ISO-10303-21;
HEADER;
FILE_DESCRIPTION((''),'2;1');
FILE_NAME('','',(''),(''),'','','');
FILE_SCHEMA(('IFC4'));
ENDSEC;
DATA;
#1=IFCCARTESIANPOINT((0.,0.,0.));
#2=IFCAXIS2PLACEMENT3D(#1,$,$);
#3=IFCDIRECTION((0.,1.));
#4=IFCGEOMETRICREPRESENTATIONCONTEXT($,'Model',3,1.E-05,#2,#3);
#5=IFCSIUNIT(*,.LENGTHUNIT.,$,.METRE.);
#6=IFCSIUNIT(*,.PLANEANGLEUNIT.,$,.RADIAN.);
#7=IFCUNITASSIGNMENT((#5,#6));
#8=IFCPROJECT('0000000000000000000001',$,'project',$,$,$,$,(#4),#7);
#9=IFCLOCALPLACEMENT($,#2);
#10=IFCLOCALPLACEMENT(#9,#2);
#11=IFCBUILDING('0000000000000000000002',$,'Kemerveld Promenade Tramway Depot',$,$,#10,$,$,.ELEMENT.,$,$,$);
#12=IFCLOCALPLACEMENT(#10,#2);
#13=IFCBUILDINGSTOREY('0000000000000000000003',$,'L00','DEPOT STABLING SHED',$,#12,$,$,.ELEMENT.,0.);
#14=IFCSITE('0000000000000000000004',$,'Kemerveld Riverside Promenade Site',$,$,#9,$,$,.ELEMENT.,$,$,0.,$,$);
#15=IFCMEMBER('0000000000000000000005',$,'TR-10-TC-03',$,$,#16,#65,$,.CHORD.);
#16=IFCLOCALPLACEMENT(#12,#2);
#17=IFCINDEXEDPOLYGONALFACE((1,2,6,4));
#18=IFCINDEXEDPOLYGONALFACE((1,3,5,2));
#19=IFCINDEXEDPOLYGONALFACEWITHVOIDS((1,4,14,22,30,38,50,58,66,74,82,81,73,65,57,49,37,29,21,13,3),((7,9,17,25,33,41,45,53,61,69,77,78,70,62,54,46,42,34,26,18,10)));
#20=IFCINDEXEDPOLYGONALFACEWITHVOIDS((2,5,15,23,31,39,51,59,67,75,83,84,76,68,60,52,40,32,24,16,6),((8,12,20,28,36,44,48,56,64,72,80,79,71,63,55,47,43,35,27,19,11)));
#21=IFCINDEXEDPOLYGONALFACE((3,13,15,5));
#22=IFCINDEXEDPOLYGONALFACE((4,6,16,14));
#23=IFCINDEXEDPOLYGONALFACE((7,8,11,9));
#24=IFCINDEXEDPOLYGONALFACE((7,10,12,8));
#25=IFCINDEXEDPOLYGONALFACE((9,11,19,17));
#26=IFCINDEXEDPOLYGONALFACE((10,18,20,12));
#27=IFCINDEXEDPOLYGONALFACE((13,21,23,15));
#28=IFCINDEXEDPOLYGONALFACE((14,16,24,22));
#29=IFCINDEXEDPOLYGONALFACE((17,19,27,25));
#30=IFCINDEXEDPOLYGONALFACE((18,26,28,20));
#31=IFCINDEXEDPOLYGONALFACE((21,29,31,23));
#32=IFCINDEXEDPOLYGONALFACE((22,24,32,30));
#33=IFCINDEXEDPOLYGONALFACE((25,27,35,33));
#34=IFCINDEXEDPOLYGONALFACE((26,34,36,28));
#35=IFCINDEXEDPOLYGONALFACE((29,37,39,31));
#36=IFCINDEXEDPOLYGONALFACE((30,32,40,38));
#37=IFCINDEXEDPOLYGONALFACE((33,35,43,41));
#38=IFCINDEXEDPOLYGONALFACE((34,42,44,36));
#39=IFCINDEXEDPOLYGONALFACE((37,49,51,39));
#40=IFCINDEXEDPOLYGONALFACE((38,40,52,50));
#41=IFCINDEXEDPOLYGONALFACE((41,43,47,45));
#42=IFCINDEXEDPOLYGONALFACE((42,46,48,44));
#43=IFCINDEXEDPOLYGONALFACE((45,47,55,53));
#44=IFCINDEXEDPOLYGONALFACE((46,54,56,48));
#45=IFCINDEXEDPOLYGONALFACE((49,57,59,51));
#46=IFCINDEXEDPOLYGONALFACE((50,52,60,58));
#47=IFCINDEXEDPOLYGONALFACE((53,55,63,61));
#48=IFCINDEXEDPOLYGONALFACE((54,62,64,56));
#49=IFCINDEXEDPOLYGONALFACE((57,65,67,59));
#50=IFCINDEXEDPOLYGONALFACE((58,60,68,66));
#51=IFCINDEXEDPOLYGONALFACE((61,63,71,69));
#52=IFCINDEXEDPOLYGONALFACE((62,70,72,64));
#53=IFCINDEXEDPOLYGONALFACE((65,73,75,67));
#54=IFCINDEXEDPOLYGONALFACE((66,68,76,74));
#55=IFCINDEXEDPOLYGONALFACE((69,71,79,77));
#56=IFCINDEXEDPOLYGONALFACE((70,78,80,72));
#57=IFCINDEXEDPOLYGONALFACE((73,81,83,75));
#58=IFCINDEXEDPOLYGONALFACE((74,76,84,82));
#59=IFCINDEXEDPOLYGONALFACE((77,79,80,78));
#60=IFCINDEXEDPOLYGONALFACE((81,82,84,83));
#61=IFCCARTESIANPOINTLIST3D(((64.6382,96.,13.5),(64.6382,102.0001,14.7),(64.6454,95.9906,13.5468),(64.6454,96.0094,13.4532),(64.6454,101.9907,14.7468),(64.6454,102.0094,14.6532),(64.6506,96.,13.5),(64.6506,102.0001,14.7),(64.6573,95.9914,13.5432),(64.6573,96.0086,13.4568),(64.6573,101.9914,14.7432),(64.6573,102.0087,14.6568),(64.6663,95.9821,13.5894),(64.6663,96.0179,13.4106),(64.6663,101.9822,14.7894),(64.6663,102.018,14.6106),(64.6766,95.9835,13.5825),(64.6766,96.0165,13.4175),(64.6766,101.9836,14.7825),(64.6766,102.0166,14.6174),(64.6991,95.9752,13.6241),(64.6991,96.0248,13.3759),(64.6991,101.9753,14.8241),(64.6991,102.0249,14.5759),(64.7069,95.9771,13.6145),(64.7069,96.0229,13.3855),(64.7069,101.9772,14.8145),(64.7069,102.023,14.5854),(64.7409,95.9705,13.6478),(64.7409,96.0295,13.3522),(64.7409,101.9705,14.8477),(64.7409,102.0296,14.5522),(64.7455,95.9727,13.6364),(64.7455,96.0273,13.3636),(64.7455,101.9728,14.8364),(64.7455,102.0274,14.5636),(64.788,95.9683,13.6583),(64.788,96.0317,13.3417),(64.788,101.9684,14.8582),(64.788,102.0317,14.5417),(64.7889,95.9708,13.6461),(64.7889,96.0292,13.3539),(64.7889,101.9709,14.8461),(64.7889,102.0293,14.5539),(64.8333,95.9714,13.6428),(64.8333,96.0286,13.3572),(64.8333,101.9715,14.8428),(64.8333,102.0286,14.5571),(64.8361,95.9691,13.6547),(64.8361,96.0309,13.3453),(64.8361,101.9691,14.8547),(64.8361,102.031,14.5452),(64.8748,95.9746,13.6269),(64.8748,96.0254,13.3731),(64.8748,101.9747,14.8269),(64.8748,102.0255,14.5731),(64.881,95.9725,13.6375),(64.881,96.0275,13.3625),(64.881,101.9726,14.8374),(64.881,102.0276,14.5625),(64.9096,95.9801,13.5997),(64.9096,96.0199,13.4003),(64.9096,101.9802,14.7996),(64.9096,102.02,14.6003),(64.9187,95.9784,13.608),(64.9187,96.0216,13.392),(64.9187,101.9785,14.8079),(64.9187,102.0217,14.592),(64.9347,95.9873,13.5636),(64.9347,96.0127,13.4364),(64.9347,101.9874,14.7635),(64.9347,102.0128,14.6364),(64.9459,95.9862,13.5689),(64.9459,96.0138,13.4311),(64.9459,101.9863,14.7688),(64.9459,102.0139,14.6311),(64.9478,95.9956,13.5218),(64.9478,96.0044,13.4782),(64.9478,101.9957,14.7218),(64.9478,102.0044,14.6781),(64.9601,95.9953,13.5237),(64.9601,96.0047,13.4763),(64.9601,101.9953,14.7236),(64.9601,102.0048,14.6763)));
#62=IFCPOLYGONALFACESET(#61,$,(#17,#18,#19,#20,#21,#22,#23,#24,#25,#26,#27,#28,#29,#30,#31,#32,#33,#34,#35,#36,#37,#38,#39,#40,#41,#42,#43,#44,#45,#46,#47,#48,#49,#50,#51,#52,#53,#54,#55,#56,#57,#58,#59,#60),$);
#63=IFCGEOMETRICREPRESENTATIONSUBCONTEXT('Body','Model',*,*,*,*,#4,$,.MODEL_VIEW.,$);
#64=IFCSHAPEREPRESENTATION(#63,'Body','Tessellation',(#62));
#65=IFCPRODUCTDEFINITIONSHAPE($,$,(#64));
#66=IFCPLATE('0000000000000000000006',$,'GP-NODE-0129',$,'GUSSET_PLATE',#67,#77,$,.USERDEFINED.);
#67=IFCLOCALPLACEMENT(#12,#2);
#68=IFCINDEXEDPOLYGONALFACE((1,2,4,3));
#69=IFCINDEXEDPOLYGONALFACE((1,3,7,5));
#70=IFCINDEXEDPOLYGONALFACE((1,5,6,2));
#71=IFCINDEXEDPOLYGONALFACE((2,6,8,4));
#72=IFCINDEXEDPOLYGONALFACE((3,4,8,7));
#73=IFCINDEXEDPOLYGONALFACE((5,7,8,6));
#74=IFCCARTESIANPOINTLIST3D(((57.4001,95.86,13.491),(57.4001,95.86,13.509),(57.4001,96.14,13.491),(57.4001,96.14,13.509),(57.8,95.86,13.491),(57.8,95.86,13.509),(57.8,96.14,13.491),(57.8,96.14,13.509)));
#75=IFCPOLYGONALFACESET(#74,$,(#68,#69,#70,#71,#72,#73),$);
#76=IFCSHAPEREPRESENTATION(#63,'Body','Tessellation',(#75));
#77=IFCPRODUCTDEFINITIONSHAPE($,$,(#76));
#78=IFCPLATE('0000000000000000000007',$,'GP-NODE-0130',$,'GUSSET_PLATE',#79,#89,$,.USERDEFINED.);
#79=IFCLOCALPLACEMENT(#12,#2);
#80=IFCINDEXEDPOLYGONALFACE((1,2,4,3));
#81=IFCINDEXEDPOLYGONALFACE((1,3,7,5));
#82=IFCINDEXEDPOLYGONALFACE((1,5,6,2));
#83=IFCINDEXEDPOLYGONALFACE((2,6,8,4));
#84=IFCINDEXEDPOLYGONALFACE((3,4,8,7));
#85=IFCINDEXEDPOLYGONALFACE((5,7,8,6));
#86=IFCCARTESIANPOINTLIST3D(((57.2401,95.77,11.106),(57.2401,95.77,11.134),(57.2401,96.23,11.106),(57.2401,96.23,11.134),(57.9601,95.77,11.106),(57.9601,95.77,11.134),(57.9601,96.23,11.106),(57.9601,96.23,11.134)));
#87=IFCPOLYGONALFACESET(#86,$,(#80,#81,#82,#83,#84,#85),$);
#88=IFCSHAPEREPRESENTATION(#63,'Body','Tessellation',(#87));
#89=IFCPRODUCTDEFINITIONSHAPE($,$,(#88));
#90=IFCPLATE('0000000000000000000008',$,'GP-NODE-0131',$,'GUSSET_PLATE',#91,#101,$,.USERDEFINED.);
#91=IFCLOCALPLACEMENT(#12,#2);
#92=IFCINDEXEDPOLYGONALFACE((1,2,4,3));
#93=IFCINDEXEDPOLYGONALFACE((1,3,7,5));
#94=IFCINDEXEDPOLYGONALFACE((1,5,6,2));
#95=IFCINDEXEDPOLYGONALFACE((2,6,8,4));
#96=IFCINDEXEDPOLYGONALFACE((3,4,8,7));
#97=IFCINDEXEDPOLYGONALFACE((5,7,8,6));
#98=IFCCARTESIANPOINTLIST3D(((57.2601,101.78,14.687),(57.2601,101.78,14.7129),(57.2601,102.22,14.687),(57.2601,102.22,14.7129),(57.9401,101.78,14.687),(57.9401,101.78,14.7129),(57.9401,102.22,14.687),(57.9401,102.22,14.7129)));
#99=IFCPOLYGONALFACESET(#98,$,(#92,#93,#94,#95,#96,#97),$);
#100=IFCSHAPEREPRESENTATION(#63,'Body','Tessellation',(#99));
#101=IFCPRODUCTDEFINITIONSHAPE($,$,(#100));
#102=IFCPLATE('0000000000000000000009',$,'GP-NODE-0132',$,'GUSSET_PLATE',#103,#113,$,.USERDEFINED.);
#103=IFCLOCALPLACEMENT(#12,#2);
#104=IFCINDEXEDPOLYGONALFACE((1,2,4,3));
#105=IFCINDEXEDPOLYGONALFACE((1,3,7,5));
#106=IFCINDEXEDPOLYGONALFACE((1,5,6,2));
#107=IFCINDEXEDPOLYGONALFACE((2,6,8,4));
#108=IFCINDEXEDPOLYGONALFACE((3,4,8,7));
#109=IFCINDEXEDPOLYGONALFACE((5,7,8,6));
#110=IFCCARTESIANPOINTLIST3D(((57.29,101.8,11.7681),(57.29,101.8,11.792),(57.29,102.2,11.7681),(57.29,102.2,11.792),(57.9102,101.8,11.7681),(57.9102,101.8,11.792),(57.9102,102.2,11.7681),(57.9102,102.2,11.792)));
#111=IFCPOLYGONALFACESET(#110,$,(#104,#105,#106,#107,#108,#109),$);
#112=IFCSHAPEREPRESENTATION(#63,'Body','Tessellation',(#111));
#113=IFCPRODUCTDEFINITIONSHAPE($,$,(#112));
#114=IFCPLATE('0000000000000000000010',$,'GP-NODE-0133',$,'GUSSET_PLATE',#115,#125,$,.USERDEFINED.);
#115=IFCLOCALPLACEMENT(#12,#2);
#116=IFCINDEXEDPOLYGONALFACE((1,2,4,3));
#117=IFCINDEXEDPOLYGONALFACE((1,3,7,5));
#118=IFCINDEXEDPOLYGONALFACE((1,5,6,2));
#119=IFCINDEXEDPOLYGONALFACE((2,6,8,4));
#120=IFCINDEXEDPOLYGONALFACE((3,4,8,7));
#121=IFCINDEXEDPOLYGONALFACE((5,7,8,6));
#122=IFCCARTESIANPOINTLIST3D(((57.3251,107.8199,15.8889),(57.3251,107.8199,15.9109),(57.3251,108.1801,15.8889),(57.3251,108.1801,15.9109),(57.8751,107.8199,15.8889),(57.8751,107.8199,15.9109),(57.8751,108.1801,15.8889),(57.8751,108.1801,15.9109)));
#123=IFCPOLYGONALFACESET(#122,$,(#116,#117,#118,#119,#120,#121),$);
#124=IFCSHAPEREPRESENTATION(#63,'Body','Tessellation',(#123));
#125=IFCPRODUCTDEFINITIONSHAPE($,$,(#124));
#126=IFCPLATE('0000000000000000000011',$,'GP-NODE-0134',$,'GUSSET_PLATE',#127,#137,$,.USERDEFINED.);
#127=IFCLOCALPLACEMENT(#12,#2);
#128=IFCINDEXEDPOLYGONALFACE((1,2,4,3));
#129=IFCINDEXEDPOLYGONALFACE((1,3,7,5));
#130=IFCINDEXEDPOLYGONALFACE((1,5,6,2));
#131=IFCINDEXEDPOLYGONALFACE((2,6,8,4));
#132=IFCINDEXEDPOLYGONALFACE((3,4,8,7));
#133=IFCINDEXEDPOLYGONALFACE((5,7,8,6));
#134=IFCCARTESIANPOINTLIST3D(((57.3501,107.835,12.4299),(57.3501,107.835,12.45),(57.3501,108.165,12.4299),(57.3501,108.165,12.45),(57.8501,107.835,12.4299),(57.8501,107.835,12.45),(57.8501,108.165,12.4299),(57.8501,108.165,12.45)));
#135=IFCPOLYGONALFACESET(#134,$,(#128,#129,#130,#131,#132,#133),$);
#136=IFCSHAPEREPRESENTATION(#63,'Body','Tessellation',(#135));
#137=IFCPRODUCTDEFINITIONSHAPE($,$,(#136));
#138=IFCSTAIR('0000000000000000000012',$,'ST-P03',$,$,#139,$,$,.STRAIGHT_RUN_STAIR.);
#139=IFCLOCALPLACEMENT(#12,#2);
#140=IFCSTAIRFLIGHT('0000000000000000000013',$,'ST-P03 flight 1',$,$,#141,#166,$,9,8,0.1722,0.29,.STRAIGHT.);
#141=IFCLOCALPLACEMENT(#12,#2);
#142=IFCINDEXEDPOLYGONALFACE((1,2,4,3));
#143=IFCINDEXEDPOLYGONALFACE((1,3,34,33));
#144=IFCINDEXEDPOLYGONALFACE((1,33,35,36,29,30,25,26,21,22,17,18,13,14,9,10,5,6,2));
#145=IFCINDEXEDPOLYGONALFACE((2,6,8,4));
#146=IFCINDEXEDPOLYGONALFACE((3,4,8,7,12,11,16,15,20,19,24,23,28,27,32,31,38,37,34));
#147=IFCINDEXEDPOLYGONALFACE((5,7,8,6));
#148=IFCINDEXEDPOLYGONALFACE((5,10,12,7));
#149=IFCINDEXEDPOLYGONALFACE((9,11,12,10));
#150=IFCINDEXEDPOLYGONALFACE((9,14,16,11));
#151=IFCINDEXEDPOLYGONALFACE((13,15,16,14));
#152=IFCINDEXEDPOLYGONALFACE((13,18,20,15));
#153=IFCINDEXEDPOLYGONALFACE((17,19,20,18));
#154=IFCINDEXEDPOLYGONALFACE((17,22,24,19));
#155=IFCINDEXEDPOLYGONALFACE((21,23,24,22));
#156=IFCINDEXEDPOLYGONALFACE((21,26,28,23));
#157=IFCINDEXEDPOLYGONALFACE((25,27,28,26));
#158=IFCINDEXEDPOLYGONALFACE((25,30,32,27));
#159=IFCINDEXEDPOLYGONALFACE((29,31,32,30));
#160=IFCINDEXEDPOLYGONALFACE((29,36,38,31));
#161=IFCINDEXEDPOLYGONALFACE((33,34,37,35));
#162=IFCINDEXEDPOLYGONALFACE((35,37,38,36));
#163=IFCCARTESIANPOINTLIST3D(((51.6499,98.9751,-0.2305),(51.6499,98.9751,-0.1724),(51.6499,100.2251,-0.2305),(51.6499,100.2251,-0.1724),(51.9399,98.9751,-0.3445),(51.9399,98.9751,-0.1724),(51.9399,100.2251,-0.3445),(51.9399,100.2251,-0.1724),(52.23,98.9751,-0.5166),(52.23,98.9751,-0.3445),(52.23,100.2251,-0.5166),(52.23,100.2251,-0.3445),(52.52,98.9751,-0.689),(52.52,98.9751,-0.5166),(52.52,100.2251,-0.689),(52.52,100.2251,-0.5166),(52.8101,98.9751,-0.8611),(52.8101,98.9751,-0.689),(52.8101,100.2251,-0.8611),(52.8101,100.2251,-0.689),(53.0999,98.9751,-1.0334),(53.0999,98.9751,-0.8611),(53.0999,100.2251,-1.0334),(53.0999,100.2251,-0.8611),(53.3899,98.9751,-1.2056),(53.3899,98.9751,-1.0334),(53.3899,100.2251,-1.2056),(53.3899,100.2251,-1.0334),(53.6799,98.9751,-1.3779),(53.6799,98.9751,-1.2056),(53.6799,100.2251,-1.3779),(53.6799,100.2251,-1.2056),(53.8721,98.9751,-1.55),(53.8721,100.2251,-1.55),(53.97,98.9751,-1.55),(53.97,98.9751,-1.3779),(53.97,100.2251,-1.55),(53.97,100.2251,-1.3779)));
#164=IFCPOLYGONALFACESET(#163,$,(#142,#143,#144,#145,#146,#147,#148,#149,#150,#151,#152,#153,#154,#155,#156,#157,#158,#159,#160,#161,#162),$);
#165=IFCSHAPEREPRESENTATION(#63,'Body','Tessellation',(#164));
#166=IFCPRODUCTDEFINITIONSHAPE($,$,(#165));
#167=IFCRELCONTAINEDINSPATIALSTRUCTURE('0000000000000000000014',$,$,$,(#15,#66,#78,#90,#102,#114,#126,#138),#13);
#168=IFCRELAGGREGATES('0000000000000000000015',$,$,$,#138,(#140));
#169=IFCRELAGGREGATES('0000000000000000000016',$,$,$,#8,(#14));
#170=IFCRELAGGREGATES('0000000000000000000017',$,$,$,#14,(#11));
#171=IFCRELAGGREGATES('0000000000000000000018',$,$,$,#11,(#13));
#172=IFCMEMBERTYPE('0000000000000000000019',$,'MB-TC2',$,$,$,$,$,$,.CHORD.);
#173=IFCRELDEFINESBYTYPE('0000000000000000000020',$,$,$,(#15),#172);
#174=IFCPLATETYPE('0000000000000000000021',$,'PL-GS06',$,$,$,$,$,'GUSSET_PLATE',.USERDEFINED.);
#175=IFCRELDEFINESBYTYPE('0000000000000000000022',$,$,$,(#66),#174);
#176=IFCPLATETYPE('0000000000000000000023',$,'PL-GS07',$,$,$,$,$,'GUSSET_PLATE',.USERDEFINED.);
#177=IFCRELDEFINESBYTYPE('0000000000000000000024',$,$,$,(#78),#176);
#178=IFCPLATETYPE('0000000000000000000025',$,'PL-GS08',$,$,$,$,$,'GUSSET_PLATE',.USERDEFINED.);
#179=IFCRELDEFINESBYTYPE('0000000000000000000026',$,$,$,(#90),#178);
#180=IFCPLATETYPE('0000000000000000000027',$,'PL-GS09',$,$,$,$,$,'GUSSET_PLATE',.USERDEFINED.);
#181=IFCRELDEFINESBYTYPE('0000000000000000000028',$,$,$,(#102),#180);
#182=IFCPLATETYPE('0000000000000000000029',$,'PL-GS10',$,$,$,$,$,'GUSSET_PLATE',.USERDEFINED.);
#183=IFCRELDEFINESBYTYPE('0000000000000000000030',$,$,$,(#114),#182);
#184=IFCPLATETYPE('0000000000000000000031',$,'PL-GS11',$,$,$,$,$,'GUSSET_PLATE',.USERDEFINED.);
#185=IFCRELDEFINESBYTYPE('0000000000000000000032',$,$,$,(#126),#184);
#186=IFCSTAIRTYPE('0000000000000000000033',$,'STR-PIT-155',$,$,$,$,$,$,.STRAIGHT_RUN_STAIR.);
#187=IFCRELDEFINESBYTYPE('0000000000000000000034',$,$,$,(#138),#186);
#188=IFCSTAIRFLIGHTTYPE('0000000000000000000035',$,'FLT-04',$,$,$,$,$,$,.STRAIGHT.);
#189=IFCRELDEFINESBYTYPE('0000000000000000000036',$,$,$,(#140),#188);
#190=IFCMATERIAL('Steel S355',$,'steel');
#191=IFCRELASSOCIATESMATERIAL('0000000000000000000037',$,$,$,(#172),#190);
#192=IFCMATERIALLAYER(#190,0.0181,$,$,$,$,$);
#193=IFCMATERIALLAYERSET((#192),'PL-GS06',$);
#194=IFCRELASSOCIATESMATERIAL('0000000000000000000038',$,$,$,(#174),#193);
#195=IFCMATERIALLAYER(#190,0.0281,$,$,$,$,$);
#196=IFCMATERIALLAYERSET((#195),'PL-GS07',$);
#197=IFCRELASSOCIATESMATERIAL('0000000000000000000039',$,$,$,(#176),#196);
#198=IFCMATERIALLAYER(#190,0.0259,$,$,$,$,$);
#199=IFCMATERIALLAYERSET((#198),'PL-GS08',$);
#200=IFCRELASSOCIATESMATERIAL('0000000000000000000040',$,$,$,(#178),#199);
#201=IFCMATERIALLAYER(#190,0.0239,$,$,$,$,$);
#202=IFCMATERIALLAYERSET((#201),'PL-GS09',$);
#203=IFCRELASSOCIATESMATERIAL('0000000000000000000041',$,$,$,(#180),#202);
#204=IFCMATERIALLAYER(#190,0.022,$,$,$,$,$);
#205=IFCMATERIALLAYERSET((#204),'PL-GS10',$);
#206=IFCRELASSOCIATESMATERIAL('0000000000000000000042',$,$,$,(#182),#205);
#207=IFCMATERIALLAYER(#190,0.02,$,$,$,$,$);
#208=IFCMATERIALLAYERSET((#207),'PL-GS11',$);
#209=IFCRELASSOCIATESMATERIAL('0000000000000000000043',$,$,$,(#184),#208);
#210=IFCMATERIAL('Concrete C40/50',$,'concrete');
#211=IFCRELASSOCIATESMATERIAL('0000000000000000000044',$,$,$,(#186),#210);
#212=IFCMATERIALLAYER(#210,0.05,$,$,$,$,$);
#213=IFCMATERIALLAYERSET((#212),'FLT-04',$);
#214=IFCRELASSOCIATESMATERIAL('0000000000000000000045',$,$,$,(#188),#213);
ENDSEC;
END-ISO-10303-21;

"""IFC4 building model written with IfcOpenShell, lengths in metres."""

from ifc_helpers import new_model, si_unit, direction, frame, origin, origin_2d, place, context, subcontext, project, spatial, polyline, rectangle, hollow_circle, outline, extrude, material, layer, layer_set, material_profile, profile_set, type_object, element, aggregate, save


model = new_model("IFC4")

# Units and contexts
model_context = context("Model", 3, precision=1e-05, world=origin(), true_north=direction((0.0, 1.0)))
body_context = subcontext(model_context, "Body", "Model", "MODEL_VIEW")
ifc_project = project(units=[si_unit("LENGTHUNIT", "METRE"), si_unit("PLANEANGLEUNIT", "RADIAN")], contexts=[model_context])

# Site, building, storey
site_placement = place(None, origin())
site = spatial("IfcSite", under=ifc_project, at=site_placement, Name="Kemerveld Riverside Promenade Site", CompositionType="ELEMENT", RefElevation=0.0)
building_placement = place(site_placement, origin())
building = spatial("IfcBuilding", under=site, at=building_placement, Name="Kemerveld Promenade Tramway Depot", CompositionType="ELEMENT")
storey_placement = place(building_placement, origin())
storey = spatial("IfcBuildingStorey", under=building, at=storey_placement, Name="L00", Description="DEPOT STABLING SHED", CompositionType="ELEMENT", Elevation=0.0)

# Member
ifc_material_1 = material(Name="Steel S355", Category="steel")
ifc_material_profile_1 = material_profile(ifc_material_1, hollow_circle(Radius=0.1619, WallThickness=0.0125, at=origin_2d()), Name="323.9x12.5 CHS")
ifc_profile_set_1 = profile_set([ifc_material_profile_1], Name="Steel S355")
member_type_1 = type_object("IfcMemberType", Name="MB-TC2", PredefinedType="CHORD", material=ifc_profile_set_1)
member_1_placement = place(storey_placement, frame((64.8, 96.0, 13.5), z_axis=(0.0, 0.980582, 0.196108), x_axis=(-1.0, 0.0, 0.0)))
element("IfcMember", 1, at=member_1_placement, inside=storey, type_object=member_type_1, Name="TR-10-TC-03", PredefinedType="CHORD", context=body_context, shape_type="SweptSolid", body=[
    extrude(hollow_circle(Radius=0.1619, WallThickness=0.0125, at=origin_2d()), origin(), (0.0, 0.0, 1.0), 6.1189),
])

# Plates
ifc_layer_1 = layer(ifc_material_1, 0.0181)
ifc_layer_set_1 = layer_set([ifc_layer_1], Name="PL-GS06")
plate_type_1 = type_object("IfcPlateType", Name="PL-GS06", ElementType="GUSSET_PLATE", PredefinedType="USERDEFINED", material=ifc_layer_set_1)
plate_1_placement = place(storey_placement, frame((57.6001, 96.0, 13.491), z_axis=(0.0, 0.0, 1.0), x_axis=(1.0, 0.0, 0.0)))
element("IfcPlate", 2, at=plate_1_placement, inside=storey, type_object=plate_type_1, Name="GP-NODE-0129", ObjectType="GUSSET_PLATE", PredefinedType="USERDEFINED", context=body_context, shape_type="SweptSolid", body=[
    extrude(rectangle(XDim=0.3999, YDim=0.28, at=origin_2d()), origin(), (0.0, 0.0, 1.0), 0.0181),
])
ifc_layer_2 = layer(ifc_material_1, 0.0281)
ifc_layer_set_2 = layer_set([ifc_layer_2], Name="PL-GS07")
plate_type_2 = type_object("IfcPlateType", Name="PL-GS07", ElementType="GUSSET_PLATE", PredefinedType="USERDEFINED", material=ifc_layer_set_2)
plate_2_placement = place(storey_placement, frame((57.6001, 96.0, 11.106), z_axis=(0.0, 0.0, 1.0), x_axis=(1.0, 0.0, 0.0)))
element("IfcPlate", 3, at=plate_2_placement, inside=storey, type_object=plate_type_2, Name="GP-NODE-0130", ObjectType="GUSSET_PLATE", PredefinedType="USERDEFINED", context=body_context, shape_type="SweptSolid", body=[
    extrude(rectangle(XDim=0.72, YDim=0.46, at=origin_2d()), origin(), (0.0, 0.0, 1.0), 0.0281),
])
ifc_layer_3 = layer(ifc_material_1, 0.0259)
ifc_layer_set_3 = layer_set([ifc_layer_3], Name="PL-GS08")
plate_type_3 = type_object("IfcPlateType", Name="PL-GS08", ElementType="GUSSET_PLATE", PredefinedType="USERDEFINED", material=ifc_layer_set_3)
plate_3_placement = place(storey_placement, frame((57.6001, 102.0, 14.687), z_axis=(0.0, 0.0, 1.0), x_axis=(1.0, 0.0, 0.0)))
element("IfcPlate", 4, at=plate_3_placement, inside=storey, type_object=plate_type_3, Name="GP-NODE-0131", ObjectType="GUSSET_PLATE", PredefinedType="USERDEFINED", context=body_context, shape_type="SweptSolid", body=[
    extrude(rectangle(XDim=0.6799, YDim=0.4399, at=origin_2d()), origin(), (0.0, 0.0, 1.0), 0.0259),
])
ifc_layer_4 = layer(ifc_material_1, 0.0239)
ifc_layer_set_4 = layer_set([ifc_layer_4], Name="PL-GS09")
plate_type_4 = type_object("IfcPlateType", Name="PL-GS09", ElementType="GUSSET_PLATE", PredefinedType="USERDEFINED", material=ifc_layer_set_4)
plate_4_placement = place(storey_placement, frame((57.6001, 102.0, 11.7681), z_axis=(0.0, 0.0, 1.0), x_axis=(1.0, 0.0, 0.0)))
element("IfcPlate", 5, at=plate_4_placement, inside=storey, type_object=plate_type_4, Name="GP-NODE-0132", ObjectType="GUSSET_PLATE", PredefinedType="USERDEFINED", context=body_context, shape_type="SweptSolid", body=[
    extrude(rectangle(XDim=0.6201, YDim=0.3999, at=origin_2d()), origin(), (0.0, 0.0, 1.0), 0.0239),
])
ifc_layer_5 = layer(ifc_material_1, 0.022)
ifc_layer_set_5 = layer_set([ifc_layer_5], Name="PL-GS10")
plate_type_5 = type_object("IfcPlateType", Name="PL-GS10", ElementType="GUSSET_PLATE", PredefinedType="USERDEFINED", material=ifc_layer_set_5)
plate_5_placement = place(storey_placement, frame((57.6001, 108.0, 15.8889), z_axis=(0.0, 0.0, 1.0), x_axis=(1.0, 0.0, 0.0)))
element("IfcPlate", 6, at=plate_5_placement, inside=storey, type_object=plate_type_5, Name="GP-NODE-0133", ObjectType="GUSSET_PLATE", PredefinedType="USERDEFINED", context=body_context, shape_type="SweptSolid", body=[
    extrude(rectangle(XDim=0.55, YDim=0.3601, at=origin_2d()), origin(), (0.0, 0.0, 1.0), 0.022),
])
ifc_layer_6 = layer(ifc_material_1, 0.02)
ifc_layer_set_6 = layer_set([ifc_layer_6], Name="PL-GS11")
plate_type_6 = type_object("IfcPlateType", Name="PL-GS11", ElementType="GUSSET_PLATE", PredefinedType="USERDEFINED", material=ifc_layer_set_6)
plate_6_placement = place(storey_placement, frame((57.6001, 108.0, 12.4299), z_axis=(0.0, 0.0, 1.0), x_axis=(1.0, 0.0, 0.0)))
element("IfcPlate", 7, at=plate_6_placement, inside=storey, type_object=plate_type_6, Name="GP-NODE-0134", ObjectType="GUSSET_PLATE", PredefinedType="USERDEFINED", context=body_context, shape_type="SweptSolid", body=[
    extrude(rectangle(XDim=0.5, YDim=0.3301, at=origin_2d()), origin(), (0.0, 0.0, 1.0), 0.02),
])

# Stair, stair flight
ifc_material_2 = material(Name="Concrete C40/50", Category="concrete")
stair_type = type_object("IfcStairType", Name="STR-PIT-155", PredefinedType="STRAIGHT_RUN_STAIR", material=ifc_material_2)
stair_1_placement = place(storey_placement, origin())
stair_1 = element("IfcStair", 8, at=stair_1_placement, inside=storey, type_object=stair_type, Name="ST-P03", PredefinedType="STRAIGHT_RUN_STAIR")
ifc_layer_7 = layer(ifc_material_2, 0.05)
ifc_layer_set_7 = layer_set([ifc_layer_7], Name="FLT-04")
stair_flight_type = type_object("IfcStairFlightType", Name="FLT-04", PredefinedType="STRAIGHT", material=ifc_layer_set_7)
stair_flight_1_placement = place(storey_placement, frame((53.97, 99.6001, -1.55), z_axis=(0.0, 0.0, 1.0), x_axis=(-1.0, 0.0, 0.0)))
stair_flight_1 = element("IfcStairFlight", 9, at=stair_flight_1_placement, type_object=stair_flight_type, Name="ST-P03 flight 1", NumberOfRisers=9, NumberOfTreads=8, PredefinedType="STRAIGHT", RiserHeight=0.1722, TreadLength=0.29, context=body_context, shape_type="SweptSolid", body=[
    extrude(outline(polyline([(0.0, 0.0), (0.0, 0.1721), (0.29, 0.1721), (0.29, 0.3445), (0.5801, 0.3445), (0.5801, 0.5166), (0.8701, 0.5166), (0.8701, 0.689), (1.1599, 0.689), (1.1599, 0.8611), (1.45, 0.8611), (1.45, 1.0334), (1.74, 1.0334), (1.74, 1.2056), (2.03, 1.2056), (2.03, 1.3777), (2.3201, 1.3777), (2.3201, 1.55), (2.3201, 1.3196), (0.0979, 0.0), (0.0, 0.0)])), frame((0.0, 0.625, 0.0), z_axis=(0.0, -1.0, 0.0), x_axis=(1.0, 0.0, 0.0)), (0.0, 0.0, 1.0), 1.25),
])
aggregate(stair_1, [stair_flight_1])

save(model, "model.ifc")
